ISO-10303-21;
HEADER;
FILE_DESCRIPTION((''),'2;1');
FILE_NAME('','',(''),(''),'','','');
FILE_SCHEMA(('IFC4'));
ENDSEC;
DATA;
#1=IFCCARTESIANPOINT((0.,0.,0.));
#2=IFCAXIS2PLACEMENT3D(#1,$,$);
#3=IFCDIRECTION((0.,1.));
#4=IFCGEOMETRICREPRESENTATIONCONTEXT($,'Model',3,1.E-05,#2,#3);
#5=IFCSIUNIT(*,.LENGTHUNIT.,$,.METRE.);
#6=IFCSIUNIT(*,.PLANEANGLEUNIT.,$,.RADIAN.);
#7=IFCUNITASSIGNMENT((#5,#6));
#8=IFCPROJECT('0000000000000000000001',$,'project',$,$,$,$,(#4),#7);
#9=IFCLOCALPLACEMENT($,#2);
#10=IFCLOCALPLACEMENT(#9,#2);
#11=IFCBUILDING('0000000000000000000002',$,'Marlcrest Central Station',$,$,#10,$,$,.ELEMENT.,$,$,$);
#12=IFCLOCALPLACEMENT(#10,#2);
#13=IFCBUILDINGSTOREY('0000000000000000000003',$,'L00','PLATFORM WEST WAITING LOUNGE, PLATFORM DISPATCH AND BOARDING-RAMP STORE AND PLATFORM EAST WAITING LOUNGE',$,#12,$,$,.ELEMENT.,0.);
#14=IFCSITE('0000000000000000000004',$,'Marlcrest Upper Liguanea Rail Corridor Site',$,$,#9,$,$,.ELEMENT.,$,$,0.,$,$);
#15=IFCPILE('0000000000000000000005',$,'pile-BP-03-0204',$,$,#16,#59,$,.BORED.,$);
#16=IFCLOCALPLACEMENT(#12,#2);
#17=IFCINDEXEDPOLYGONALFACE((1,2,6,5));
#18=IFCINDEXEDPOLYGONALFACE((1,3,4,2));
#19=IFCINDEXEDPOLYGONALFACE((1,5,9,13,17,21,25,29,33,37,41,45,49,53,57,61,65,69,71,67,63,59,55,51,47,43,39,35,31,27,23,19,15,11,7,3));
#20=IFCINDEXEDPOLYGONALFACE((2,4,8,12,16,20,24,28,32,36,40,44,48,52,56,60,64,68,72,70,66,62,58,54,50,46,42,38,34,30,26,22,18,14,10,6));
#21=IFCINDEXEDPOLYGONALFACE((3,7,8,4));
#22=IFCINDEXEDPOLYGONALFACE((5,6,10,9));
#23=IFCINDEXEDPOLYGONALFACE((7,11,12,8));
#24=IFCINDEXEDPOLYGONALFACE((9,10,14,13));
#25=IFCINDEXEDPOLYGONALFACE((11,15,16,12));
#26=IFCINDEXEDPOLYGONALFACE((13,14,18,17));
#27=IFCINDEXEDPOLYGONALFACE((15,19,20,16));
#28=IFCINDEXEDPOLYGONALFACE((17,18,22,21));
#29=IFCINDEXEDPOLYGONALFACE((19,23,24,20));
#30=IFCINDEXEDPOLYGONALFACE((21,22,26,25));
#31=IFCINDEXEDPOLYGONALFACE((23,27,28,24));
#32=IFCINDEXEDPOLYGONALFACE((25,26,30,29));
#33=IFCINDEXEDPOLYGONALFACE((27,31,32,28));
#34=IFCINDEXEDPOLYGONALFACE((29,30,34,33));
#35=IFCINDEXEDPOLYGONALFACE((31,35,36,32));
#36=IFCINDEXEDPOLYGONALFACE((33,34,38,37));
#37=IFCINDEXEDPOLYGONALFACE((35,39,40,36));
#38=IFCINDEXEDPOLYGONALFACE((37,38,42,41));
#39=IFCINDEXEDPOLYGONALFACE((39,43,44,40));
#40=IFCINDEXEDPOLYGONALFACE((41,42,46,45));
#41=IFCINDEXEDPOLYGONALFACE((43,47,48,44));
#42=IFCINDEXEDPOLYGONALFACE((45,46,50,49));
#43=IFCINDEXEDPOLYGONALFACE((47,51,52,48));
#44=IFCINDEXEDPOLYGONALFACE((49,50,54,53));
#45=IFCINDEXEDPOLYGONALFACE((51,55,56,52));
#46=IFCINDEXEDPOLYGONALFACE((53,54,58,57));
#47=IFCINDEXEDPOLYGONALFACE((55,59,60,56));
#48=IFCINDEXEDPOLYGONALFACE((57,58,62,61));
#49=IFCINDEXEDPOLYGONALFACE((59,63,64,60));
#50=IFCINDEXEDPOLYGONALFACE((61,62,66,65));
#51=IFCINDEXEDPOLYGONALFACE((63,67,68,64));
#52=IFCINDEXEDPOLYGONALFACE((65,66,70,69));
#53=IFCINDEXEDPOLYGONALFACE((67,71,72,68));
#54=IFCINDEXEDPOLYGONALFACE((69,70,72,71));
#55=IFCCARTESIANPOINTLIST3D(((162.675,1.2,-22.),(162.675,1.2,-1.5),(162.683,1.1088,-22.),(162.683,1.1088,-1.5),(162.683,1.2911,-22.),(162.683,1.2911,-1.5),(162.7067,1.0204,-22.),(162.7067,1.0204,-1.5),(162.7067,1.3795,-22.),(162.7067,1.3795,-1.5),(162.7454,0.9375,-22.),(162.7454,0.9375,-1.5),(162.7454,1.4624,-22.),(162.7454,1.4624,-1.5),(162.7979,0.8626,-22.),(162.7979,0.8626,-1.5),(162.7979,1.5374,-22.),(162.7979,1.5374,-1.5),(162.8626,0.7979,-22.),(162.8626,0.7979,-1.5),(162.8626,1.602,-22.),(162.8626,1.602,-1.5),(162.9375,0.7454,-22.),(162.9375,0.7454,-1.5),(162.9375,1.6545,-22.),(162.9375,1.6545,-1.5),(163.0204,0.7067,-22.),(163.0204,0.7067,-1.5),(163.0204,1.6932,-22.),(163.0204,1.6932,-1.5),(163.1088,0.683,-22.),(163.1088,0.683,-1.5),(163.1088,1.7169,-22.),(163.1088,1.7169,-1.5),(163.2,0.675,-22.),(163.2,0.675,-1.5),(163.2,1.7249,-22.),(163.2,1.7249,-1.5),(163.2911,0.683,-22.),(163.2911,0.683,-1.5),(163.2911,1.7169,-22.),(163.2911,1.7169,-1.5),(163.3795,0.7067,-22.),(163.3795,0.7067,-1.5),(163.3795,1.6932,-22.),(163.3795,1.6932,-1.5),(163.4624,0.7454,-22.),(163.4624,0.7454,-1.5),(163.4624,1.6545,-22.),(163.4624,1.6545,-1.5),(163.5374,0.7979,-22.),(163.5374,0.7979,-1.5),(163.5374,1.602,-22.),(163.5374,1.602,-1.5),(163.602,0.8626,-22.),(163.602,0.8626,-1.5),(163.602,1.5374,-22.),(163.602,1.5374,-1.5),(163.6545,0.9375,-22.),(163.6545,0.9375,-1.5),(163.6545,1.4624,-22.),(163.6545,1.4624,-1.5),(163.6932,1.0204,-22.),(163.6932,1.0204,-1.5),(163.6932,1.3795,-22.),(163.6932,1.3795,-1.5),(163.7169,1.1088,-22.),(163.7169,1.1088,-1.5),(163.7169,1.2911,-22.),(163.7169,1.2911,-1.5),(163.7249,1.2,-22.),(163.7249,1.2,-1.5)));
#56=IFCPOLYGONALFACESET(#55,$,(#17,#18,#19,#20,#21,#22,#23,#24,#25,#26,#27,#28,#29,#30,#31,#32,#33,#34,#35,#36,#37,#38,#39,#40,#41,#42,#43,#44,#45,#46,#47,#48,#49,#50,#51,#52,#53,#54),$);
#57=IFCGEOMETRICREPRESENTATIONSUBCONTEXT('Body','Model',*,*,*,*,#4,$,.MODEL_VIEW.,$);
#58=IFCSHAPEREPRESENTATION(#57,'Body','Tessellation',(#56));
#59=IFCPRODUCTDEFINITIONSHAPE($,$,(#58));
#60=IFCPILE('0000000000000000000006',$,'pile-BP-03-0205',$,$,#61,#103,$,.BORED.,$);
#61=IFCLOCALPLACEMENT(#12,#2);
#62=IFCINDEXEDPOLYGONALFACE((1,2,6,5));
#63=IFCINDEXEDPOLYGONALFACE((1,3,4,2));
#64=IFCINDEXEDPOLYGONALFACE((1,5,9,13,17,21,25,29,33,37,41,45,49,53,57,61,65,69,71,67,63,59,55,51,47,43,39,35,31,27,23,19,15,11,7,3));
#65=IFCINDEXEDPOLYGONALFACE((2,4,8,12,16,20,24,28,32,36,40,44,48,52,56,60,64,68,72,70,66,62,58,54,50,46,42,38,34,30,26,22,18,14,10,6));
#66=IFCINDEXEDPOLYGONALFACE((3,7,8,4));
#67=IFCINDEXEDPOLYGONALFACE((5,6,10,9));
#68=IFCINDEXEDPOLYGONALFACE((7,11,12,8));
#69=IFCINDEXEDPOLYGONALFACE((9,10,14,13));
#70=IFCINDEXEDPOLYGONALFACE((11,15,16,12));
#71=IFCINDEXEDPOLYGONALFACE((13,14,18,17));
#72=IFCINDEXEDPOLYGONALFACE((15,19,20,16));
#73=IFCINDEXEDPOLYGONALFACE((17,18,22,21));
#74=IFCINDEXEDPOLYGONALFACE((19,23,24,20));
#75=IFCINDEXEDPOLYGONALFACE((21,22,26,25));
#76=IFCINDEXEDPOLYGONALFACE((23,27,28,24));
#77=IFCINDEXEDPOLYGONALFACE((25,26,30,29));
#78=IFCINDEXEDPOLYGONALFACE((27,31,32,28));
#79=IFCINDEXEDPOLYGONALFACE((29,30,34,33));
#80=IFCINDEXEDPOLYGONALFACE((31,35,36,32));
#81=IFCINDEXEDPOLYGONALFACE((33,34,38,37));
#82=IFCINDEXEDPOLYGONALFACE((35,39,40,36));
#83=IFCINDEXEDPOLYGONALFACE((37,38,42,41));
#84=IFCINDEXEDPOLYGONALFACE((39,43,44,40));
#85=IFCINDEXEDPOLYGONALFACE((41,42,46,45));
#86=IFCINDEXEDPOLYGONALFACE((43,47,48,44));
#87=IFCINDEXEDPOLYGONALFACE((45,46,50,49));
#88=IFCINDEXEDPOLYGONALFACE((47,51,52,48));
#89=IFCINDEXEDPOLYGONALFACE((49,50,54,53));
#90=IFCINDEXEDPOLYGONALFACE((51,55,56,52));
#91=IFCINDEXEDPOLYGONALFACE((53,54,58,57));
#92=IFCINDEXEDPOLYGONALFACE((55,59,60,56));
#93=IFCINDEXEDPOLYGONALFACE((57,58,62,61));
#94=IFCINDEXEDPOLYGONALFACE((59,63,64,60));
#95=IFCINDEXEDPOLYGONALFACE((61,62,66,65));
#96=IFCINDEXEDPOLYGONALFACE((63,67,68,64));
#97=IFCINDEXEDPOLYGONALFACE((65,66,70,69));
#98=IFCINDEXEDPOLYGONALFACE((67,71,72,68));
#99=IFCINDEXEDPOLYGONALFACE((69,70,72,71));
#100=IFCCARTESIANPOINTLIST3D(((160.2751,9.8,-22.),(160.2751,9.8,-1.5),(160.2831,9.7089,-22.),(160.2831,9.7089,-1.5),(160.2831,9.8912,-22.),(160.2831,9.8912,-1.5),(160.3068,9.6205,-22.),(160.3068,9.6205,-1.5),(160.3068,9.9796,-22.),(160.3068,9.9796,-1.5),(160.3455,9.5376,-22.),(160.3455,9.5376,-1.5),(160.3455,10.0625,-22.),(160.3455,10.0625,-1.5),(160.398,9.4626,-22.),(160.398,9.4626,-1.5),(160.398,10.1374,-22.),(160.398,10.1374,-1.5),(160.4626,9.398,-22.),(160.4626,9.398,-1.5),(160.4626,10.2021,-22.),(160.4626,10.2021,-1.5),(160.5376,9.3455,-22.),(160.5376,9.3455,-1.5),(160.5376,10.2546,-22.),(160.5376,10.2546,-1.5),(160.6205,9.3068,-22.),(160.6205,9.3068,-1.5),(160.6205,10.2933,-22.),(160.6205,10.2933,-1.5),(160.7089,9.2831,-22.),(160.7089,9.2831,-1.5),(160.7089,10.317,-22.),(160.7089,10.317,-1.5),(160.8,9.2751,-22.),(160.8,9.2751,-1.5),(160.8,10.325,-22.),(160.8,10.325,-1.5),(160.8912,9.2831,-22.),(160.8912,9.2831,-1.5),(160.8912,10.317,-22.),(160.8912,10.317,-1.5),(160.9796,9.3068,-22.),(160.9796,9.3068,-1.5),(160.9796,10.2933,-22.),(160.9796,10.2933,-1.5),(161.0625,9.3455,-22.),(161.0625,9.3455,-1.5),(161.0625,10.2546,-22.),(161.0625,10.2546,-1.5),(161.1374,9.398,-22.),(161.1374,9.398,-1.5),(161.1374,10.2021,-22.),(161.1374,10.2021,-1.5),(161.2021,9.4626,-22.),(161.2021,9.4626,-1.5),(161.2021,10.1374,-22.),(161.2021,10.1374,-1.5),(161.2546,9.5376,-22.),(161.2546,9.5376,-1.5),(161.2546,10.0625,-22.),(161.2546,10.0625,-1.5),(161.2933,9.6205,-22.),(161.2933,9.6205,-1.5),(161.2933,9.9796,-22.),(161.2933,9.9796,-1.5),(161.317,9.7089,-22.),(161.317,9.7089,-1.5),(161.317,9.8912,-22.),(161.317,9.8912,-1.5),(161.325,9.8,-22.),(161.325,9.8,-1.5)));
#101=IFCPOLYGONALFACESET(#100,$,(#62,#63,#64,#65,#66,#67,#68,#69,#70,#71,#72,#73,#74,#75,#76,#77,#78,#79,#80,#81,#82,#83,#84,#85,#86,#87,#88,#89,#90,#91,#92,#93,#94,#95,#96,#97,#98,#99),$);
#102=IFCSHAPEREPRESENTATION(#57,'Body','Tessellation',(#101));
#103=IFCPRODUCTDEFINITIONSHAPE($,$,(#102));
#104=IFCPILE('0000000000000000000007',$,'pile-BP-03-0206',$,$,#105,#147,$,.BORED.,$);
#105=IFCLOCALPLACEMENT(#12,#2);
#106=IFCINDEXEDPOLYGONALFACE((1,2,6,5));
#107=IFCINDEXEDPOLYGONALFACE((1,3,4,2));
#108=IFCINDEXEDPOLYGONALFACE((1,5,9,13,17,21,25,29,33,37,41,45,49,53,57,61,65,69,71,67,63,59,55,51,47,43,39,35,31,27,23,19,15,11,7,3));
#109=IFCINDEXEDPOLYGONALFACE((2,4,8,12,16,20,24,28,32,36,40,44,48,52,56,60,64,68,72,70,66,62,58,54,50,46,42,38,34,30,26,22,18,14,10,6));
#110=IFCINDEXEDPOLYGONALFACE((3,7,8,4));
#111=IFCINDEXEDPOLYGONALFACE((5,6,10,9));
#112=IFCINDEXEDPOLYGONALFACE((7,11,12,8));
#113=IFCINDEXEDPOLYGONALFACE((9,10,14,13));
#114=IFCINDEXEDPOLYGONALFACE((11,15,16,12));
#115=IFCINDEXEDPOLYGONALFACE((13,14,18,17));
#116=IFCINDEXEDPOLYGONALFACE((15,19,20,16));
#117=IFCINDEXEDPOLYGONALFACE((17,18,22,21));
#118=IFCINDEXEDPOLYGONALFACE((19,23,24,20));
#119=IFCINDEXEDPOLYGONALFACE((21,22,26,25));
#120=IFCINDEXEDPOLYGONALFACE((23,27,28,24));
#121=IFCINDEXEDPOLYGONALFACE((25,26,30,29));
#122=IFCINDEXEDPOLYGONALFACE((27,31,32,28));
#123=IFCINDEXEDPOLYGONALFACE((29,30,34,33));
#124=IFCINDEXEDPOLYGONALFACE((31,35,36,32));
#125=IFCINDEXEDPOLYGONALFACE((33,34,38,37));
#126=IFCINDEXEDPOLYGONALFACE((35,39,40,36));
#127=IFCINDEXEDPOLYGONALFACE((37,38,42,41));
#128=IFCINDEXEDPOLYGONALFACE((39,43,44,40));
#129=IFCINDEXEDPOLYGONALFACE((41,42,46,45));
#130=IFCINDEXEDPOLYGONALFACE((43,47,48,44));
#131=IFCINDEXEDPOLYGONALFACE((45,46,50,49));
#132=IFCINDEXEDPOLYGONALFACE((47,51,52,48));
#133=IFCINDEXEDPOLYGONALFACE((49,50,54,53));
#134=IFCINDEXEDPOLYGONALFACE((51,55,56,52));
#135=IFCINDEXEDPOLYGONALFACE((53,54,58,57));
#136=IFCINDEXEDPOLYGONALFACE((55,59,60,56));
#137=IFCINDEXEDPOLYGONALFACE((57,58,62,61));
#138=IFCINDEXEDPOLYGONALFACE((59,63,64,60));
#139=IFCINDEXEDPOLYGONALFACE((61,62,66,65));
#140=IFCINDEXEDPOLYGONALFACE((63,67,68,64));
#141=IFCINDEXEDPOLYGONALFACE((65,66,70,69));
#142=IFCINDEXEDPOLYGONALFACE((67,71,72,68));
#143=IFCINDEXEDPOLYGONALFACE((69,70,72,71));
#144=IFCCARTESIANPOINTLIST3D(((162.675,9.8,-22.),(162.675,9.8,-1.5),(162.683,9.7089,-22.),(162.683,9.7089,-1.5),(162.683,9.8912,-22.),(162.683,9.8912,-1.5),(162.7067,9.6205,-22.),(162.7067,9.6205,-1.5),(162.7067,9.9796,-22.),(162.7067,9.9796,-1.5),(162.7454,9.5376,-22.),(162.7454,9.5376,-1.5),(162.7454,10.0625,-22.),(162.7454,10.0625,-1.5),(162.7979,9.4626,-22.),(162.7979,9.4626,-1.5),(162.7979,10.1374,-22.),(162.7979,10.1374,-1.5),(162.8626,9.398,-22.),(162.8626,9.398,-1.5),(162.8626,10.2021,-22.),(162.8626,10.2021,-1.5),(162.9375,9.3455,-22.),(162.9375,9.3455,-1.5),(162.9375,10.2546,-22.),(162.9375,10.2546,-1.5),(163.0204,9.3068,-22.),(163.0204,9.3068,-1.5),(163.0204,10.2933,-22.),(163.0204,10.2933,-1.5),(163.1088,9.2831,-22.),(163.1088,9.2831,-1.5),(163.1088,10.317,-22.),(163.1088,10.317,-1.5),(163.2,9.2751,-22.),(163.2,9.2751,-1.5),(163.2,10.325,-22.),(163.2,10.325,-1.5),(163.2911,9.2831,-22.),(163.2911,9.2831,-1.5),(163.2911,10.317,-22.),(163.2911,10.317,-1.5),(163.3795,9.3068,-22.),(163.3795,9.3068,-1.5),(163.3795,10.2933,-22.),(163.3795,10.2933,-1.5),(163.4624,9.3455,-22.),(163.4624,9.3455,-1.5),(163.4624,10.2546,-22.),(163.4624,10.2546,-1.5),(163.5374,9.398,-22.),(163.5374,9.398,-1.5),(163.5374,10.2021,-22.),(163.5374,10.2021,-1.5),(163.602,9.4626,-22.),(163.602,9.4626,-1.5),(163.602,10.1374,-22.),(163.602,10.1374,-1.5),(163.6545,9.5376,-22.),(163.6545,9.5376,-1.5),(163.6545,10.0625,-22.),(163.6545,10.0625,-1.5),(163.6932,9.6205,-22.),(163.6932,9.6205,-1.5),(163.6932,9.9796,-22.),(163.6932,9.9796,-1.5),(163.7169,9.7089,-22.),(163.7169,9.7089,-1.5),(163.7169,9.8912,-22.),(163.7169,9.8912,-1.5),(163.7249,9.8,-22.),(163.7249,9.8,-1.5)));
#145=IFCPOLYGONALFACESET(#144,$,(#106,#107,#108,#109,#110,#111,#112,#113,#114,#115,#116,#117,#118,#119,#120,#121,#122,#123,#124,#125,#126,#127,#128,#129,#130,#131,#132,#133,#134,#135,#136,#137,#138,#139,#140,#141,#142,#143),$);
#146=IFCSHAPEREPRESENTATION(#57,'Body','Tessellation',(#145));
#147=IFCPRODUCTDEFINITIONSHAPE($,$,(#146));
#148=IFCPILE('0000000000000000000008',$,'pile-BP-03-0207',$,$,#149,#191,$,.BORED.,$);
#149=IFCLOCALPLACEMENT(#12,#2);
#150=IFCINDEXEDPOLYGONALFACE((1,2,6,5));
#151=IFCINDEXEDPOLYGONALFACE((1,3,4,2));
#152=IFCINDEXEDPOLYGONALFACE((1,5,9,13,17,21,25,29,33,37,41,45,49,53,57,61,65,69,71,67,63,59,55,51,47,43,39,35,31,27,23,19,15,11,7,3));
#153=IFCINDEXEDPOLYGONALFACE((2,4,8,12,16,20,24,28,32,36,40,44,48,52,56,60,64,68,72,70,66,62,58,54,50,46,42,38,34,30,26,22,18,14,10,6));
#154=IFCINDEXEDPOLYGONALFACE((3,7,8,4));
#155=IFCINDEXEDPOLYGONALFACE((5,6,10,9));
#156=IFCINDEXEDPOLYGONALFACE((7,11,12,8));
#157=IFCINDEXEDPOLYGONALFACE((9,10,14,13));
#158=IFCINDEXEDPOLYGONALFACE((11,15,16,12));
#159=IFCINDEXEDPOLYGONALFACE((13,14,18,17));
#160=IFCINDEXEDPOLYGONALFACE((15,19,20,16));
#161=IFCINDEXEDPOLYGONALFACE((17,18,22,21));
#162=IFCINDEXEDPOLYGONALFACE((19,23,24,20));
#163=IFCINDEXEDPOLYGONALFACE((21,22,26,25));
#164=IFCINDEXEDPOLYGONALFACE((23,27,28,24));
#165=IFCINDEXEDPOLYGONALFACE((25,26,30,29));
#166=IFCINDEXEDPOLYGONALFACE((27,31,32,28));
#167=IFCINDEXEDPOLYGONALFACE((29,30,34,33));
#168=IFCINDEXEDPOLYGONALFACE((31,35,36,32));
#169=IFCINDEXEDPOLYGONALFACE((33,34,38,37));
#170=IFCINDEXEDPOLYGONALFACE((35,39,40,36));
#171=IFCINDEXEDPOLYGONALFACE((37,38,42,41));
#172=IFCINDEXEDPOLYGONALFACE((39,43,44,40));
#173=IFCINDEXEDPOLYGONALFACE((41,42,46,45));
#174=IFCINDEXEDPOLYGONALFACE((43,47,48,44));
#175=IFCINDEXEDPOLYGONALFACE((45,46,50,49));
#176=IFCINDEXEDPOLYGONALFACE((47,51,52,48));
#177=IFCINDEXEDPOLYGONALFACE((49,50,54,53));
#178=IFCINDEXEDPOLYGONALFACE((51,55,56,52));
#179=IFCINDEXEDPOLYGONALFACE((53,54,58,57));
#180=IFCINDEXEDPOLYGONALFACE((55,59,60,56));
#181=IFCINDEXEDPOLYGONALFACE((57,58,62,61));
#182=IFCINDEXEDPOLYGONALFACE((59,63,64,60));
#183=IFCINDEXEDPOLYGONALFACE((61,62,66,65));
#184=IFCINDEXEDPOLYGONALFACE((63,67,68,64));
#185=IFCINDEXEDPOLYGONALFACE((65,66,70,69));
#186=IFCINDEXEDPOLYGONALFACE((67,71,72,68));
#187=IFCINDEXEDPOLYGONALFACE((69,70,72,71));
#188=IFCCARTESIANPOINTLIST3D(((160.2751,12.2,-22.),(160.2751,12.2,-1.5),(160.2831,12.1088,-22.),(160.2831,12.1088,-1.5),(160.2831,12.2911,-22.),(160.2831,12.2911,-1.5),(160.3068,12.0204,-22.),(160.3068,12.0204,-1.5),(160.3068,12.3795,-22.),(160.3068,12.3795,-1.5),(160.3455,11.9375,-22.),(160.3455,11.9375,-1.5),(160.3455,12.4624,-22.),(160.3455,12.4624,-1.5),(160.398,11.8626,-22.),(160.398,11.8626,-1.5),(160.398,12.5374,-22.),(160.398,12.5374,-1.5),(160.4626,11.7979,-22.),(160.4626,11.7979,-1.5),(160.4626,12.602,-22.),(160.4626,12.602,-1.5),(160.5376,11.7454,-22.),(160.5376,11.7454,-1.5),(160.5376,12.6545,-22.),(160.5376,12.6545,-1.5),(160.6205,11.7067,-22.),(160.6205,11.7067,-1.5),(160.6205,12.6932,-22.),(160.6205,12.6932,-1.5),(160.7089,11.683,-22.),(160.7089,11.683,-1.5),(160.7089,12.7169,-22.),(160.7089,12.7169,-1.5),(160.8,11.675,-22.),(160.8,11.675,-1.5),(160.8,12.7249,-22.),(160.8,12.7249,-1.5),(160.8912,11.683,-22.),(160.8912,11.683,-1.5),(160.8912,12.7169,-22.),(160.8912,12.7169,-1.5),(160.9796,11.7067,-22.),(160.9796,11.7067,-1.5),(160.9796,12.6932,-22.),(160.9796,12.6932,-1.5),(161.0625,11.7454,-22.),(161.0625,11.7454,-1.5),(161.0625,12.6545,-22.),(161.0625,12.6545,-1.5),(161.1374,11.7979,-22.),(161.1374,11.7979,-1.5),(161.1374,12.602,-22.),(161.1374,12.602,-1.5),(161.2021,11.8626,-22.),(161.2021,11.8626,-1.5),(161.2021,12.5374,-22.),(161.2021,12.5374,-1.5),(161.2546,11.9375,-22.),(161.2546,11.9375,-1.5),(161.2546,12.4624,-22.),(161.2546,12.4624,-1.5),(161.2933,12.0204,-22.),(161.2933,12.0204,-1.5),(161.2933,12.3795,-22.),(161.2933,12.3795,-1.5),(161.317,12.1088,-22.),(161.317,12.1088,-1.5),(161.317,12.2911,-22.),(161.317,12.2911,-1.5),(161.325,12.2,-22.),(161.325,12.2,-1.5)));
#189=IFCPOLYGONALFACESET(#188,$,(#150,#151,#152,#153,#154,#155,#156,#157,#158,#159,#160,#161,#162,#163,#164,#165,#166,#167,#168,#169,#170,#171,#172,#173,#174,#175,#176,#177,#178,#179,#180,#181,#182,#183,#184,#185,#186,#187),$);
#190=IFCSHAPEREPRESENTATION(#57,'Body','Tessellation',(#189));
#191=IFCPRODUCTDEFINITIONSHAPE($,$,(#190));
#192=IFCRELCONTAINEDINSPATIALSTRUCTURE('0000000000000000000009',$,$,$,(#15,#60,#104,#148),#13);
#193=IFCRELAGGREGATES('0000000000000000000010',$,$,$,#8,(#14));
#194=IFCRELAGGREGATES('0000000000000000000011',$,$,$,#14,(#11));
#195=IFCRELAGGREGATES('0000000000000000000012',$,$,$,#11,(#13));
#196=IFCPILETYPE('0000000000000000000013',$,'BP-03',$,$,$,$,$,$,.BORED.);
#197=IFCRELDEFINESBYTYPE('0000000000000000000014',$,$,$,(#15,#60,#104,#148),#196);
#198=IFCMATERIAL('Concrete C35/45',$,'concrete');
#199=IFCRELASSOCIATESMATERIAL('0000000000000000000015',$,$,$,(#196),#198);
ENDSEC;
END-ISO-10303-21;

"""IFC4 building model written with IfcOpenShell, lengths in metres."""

from ifc_helpers import new_model, si_unit, direction, frame, origin, origin_2d, place, context, subcontext, project, spatial, circle, extrude, material, material_profile, profile_set, type_object, element, save


model = new_model("IFC4")

# Units and contexts
model_context = context("Model", 3, precision=1e-05, world=origin(), true_north=direction((0.0, 1.0)))
body_context = subcontext(model_context, "Body", "Model", "MODEL_VIEW")
ifc_project = project(units=[si_unit("LENGTHUNIT", "METRE"), si_unit("PLANEANGLEUNIT", "RADIAN")], contexts=[model_context])

# Site, building, storey
site_placement = place(None, origin())
site = spatial("IfcSite", under=ifc_project, at=site_placement, Name="Marlcrest Upper Liguanea Rail Corridor Site", CompositionType="ELEMENT", RefElevation=0.0)
building_placement = place(site_placement, origin())
building = spatial("IfcBuilding", under=site, at=building_placement, Name="Marlcrest Central Station", CompositionType="ELEMENT")
storey_placement = place(building_placement, origin())
storey = spatial("IfcBuildingStorey", under=building, at=storey_placement, Name="L00", Description="PLATFORM WEST WAITING LOUNGE, PLATFORM DISPATCH AND BOARDING-RAMP STORE AND PLATFORM EAST WAITING LOUNGE", CompositionType="ELEMENT", Elevation=0.0)

# Piles
ifc_material_1 = material(Name="Concrete C35/45", Category="concrete")
ifc_material_profile_1 = material_profile(ifc_material_1, circle(Radius=0.5249, at=origin_2d()), Name="PILE D1050")
ifc_profile_set_1 = profile_set([ifc_material_profile_1], Name="Concrete C35/45")
pile_type_1 = type_object("IfcPileType", Name="BP-03", PredefinedType="BORED", material=ifc_profile_set_1)
for number, where, z_axis, x_axis, name in (
    (1, (163.2, 1.2, -1.5), (0.0, 0.0, -1.0), (1.0, 0.0, 0.0), "pile-BP-03-0204"),
    (2, (160.8, 9.8, -1.5), (0.0, 0.0, -1.0), (1.0, 0.0, 0.0), "pile-BP-03-0205"),
    (3, (163.2, 9.8, -1.5), (0.0, 0.0, -1.0), (1.0, 0.0, 0.0), "pile-BP-03-0206"),
    (4, (160.8, 12.2, -1.5), (0.0, 0.0, -1.0), (1.0, 0.0, 0.0), "pile-BP-03-0207"),
):
    element("IfcPile", number, at=place(storey_placement, frame(where, z_axis=z_axis, x_axis=x_axis)), inside=storey, type_object=pile_type_1, Name=name, PredefinedType="BORED", context=body_context, shape_type="SweptSolid", body=[
        extrude(circle(Radius=0.5249, at=origin_2d()), origin(), (0.0, 0.0, 1.0), 20.5),
    ])

save(model, "model.ifc")
